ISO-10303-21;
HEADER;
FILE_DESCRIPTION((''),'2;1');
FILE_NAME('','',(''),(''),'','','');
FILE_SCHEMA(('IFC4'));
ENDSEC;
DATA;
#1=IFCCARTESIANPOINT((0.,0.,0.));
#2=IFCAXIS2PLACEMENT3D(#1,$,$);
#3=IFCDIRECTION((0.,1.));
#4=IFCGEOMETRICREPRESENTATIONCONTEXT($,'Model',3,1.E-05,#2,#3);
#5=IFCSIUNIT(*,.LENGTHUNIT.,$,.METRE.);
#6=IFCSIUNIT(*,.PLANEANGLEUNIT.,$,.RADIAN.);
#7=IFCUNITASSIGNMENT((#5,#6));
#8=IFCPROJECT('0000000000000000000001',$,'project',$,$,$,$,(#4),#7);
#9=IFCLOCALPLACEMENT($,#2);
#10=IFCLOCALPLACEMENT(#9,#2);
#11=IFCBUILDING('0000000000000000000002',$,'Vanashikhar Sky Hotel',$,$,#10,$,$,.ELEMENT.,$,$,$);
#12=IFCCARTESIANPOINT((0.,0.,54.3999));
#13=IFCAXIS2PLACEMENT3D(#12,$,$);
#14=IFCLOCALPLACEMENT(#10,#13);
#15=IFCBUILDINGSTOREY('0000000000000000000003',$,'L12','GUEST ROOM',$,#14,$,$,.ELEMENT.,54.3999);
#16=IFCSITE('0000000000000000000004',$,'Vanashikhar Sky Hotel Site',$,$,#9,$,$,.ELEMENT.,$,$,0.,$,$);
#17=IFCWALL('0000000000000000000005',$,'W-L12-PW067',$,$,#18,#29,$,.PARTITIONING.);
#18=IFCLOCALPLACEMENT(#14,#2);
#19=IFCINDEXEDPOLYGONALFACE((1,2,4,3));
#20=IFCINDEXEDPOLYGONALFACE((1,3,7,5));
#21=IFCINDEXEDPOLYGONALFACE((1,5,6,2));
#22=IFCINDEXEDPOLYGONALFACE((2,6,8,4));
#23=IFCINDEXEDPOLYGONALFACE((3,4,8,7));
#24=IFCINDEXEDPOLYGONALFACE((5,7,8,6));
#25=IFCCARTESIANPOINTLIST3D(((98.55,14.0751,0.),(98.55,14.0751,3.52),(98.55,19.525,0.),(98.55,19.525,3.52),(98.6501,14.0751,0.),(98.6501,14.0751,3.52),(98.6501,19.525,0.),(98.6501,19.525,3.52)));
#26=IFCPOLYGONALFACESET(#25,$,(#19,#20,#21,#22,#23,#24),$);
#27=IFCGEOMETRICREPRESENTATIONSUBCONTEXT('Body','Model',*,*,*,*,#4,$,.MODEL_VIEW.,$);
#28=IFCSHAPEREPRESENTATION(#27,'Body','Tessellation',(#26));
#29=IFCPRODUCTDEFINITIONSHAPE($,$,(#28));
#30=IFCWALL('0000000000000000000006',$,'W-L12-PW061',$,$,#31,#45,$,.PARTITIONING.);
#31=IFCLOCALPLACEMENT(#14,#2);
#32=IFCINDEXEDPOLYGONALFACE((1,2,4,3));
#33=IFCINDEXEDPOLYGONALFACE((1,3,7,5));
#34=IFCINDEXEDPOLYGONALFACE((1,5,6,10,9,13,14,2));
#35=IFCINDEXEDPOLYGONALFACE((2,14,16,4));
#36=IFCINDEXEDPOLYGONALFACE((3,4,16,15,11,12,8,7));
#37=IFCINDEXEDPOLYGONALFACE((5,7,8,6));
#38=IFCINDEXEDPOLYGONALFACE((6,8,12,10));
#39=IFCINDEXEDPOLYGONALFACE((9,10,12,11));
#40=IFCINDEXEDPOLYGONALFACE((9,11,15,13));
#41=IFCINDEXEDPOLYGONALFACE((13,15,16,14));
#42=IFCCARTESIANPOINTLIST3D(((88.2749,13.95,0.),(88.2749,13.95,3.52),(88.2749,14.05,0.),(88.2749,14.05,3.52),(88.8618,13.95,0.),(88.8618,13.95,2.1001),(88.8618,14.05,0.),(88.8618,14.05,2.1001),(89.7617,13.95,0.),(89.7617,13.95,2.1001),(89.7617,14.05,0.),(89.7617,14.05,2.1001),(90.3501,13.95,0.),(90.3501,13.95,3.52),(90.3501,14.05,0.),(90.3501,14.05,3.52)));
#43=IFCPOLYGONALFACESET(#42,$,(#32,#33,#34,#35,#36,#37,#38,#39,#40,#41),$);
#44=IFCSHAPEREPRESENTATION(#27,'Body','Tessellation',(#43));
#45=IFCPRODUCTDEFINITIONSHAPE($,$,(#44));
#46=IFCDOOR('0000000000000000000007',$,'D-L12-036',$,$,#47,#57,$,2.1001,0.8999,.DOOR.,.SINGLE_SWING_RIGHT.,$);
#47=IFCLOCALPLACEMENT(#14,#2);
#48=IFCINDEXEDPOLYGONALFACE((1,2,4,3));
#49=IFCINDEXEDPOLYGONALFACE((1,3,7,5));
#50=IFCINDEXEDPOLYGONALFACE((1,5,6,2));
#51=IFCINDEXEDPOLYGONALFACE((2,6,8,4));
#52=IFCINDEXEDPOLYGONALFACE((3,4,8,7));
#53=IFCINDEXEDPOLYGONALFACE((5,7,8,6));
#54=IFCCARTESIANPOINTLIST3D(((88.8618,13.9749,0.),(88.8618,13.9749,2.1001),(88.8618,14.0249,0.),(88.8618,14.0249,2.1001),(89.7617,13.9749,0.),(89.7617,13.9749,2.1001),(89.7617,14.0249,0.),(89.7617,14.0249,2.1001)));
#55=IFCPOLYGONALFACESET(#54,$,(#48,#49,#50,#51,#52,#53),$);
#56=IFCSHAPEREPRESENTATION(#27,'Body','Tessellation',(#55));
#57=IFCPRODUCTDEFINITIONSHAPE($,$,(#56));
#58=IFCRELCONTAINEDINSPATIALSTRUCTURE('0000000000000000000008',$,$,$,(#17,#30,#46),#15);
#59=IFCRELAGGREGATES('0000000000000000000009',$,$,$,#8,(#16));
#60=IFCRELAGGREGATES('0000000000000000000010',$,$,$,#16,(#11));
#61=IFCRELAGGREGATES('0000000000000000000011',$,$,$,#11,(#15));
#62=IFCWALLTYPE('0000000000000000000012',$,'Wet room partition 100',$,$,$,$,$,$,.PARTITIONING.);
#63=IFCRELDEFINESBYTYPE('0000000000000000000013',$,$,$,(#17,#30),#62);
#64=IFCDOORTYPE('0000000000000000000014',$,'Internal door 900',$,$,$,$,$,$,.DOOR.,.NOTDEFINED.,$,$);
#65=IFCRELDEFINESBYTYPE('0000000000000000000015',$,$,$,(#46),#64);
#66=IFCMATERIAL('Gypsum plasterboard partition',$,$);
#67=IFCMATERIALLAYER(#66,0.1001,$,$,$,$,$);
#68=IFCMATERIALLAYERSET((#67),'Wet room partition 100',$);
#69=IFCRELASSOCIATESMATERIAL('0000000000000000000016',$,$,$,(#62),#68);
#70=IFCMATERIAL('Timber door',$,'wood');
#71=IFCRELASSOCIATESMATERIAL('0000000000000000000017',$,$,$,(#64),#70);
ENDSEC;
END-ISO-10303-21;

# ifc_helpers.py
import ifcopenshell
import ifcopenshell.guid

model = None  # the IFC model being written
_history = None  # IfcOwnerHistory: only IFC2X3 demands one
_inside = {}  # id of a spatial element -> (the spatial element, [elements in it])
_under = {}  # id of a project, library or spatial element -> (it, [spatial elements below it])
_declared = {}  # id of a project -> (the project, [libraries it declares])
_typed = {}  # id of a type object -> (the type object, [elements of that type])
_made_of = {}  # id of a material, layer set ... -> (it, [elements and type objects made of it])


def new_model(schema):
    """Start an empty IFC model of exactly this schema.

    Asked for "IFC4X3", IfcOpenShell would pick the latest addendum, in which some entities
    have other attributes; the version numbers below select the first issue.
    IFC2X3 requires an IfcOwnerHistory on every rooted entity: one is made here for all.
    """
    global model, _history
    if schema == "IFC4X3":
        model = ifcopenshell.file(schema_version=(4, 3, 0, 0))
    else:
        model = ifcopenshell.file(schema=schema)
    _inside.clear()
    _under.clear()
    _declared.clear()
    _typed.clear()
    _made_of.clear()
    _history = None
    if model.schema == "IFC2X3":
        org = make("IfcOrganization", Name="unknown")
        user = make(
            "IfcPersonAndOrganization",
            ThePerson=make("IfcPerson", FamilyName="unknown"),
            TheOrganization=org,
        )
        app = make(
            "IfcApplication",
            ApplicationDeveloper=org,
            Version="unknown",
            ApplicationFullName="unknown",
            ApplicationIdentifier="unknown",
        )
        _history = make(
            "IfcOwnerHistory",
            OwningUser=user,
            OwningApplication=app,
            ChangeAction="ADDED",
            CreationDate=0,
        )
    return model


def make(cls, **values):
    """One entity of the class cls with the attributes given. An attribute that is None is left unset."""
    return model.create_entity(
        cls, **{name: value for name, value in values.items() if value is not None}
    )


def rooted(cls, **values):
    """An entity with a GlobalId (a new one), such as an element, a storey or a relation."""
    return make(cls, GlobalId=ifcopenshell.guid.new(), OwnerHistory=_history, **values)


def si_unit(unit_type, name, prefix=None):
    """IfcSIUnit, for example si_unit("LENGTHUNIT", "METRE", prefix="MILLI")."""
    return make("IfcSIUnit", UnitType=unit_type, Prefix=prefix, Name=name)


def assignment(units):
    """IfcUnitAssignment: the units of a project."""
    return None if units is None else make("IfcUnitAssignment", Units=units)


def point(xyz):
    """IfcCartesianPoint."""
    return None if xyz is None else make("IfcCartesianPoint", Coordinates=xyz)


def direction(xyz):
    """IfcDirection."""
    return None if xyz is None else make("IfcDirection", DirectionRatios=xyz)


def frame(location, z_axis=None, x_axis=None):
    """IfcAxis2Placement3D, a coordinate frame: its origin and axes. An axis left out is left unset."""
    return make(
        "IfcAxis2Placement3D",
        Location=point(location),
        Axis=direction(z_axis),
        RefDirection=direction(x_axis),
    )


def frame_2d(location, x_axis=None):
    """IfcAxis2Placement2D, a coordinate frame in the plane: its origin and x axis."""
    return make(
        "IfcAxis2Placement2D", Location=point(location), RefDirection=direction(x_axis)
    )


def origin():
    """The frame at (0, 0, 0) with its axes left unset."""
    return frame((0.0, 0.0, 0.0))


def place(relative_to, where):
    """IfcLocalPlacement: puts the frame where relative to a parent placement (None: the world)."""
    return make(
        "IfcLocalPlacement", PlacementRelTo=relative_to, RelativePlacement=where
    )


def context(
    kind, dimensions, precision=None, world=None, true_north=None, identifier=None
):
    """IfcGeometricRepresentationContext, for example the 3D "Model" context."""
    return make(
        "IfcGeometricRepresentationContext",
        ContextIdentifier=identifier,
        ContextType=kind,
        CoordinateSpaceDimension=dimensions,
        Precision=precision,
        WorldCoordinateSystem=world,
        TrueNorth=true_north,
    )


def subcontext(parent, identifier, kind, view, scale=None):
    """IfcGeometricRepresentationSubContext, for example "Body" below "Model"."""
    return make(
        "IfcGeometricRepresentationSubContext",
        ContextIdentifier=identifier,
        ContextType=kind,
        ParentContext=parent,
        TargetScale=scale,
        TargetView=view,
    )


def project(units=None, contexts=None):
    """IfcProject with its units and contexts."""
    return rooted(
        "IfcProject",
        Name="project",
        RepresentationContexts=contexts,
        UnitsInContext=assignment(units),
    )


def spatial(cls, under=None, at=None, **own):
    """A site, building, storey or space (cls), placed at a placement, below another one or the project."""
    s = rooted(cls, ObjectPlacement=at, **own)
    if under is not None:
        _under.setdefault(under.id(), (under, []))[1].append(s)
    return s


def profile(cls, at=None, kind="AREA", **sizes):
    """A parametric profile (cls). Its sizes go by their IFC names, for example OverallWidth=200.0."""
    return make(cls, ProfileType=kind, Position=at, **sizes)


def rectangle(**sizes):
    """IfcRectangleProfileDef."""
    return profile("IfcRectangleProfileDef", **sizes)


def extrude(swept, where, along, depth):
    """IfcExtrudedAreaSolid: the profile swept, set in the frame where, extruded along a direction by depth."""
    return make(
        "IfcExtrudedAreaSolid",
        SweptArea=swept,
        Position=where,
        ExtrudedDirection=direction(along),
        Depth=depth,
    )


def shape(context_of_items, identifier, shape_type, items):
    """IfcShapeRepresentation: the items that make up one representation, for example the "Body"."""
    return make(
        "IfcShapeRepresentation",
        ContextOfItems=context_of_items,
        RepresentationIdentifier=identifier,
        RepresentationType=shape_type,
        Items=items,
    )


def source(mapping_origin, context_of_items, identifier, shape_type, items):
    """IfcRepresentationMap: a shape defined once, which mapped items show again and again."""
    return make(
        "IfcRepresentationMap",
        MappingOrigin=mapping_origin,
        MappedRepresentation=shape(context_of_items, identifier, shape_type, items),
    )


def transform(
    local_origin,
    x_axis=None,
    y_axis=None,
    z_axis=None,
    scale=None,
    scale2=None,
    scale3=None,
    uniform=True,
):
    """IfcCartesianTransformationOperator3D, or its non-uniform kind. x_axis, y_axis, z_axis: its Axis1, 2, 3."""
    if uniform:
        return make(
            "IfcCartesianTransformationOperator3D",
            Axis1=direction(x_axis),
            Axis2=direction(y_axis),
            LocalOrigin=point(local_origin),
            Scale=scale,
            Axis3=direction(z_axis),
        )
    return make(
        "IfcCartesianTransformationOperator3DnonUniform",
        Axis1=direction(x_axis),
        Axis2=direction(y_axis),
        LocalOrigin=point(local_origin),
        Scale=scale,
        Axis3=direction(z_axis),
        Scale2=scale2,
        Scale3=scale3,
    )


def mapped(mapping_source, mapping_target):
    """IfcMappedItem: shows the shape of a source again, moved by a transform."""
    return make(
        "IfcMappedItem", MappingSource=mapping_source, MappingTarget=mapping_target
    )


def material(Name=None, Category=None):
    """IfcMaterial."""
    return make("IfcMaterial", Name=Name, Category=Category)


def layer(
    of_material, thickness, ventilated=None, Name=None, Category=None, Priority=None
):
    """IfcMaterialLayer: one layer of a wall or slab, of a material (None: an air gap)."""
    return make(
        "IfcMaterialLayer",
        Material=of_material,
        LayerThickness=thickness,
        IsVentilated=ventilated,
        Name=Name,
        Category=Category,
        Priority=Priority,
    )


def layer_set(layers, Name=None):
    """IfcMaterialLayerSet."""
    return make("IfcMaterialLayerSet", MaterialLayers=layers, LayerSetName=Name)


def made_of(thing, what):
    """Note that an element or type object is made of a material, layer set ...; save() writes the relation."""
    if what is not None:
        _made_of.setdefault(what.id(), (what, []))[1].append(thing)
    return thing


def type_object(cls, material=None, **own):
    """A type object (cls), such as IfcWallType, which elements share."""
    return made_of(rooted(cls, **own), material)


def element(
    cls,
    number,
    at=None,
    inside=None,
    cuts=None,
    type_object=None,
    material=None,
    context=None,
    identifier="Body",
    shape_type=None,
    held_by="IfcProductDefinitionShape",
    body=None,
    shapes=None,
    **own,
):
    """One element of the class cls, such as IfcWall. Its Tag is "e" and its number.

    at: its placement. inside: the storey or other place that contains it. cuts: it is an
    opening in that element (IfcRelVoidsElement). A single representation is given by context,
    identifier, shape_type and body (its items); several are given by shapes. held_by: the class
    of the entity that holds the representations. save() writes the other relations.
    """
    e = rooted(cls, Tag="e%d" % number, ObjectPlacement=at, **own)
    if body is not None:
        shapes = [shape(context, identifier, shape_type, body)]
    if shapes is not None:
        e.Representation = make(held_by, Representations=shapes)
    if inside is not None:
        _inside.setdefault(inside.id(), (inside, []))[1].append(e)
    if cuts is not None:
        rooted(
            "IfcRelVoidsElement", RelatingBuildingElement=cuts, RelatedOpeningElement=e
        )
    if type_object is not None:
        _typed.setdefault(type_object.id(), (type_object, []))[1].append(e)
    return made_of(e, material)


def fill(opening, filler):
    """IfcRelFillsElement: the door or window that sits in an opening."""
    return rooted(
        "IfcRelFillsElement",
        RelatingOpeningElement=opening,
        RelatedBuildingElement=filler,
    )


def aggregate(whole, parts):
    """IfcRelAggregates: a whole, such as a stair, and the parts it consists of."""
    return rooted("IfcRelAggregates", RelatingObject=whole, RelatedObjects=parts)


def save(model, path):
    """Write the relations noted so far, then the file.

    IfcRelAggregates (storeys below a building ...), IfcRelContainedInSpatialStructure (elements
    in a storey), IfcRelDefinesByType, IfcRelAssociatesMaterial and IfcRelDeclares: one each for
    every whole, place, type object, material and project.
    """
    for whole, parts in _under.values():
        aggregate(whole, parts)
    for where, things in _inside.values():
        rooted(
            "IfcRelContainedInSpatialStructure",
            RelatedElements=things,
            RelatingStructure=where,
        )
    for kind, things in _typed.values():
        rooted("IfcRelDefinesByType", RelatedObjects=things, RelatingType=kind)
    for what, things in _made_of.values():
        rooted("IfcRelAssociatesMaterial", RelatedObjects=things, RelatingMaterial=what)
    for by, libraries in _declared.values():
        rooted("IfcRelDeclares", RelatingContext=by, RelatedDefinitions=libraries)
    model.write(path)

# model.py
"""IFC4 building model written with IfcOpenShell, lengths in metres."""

from ifc_helpers import new_model, si_unit, direction, frame, frame_2d, origin, place, context, subcontext, project, spatial, rectangle, extrude, source, transform, mapped, material, layer, layer_set, type_object, element, fill, save


model = new_model("IFC4")

# Units and contexts
model_context = context("Model", 3, precision=1e-05, world=origin(), true_north=direction((0.0, 1.0)))
body_context = subcontext(model_context, "Body", "Model", "MODEL_VIEW")
ifc_project = project(units=[si_unit("LENGTHUNIT", "METRE"), si_unit("PLANEANGLEUNIT", "RADIAN")], contexts=[model_context])

# Site, building, storey
site_placement = place(None, origin())
site = spatial("IfcSite", under=ifc_project, at=site_placement, Name="Vanashikhar Sky Hotel Site", CompositionType="ELEMENT", RefElevation=0.0)
building_placement = place(site_placement, origin())
building = spatial("IfcBuilding", under=site, at=building_placement, Name="Vanashikhar Sky Hotel", CompositionType="ELEMENT")
storey_placement = place(building_placement, frame((0.0, 0.0, 54.3999)))
storey = spatial("IfcBuildingStorey", under=building, at=storey_placement, Name="L12", Description="GUEST ROOM", CompositionType="ELEMENT", Elevation=54.3999)

# Shared definitions
ifc_material_1 = material(Name="Gypsum plasterboard partition")

# Shared definitions
ifc_layer_1 = layer(ifc_material_1, 0.1001)
ifc_layer_set_1 = layer_set([ifc_layer_1], Name="Wet room partition 100")
wall_type_1 = type_object("IfcWallType", Name="Wet room partition 100", PredefinedType="PARTITIONING", material=ifc_layer_set_1)
shared_shape_1 = source(origin(), body_context, "Body", "SweptSolid", [
    extrude(rectangle(XDim=0.8999, YDim=2.1001, at=frame_2d((0.45, 1.05))), frame((0.0, 0.0601, 0.0), z_axis=(0.0, -1.0, 0.0), x_axis=(1.0, 0.0, 0.0)), (0.0, 0.0, 1.0), 0.1201),
])
ifc_material_2 = material(Name="Timber door", Category="wood")
door_type_1 = type_object("IfcDoorType", Name="Internal door 900", OperationType="NOTDEFINED", PredefinedType="DOOR", material=ifc_material_2)
shared_shape_2 = source(origin(), body_context, "Body", "SweptSolid", [
    extrude(rectangle(XDim=0.8999, YDim=2.1001, at=frame_2d((0.45, 1.05))), frame((0.0, 0.0249, 0.0), z_axis=(0.0, -1.0, 0.0), x_axis=(1.0, 0.0, 0.0)), (0.0, 0.0, 1.0), 0.05),
])

# Wall
shared_shape_3 = source(origin(), body_context, "Body", "SweptSolid", [
    extrude(rectangle(XDim=5.45, YDim=0.1001, at=frame_2d((2.7251, 0.0))), origin(), (0.0, 0.0, 1.0), 3.52),
])
for number, where, z_axis, x_axis, name in (
    (1, (98.6001, 14.075, 0.0), (0.0, 0.0, 1.0), (0.0, 1.0, 0.0), "W-L12-PW067"),
):
    element("IfcWall", number, at=place(storey_placement, frame(where, z_axis=z_axis, x_axis=x_axis)), inside=storey, type_object=wall_type_1, Name=name, PredefinedType="PARTITIONING", context=body_context, shape_type="MappedRepresentation", body=[
        mapped(shared_shape_3, transform((0.0, 0.0, 0.0), scale=1.0)),
    ])

# Wall, opening, door
shared_shape_4 = source(origin(), body_context, "Body", "SweptSolid", [
    extrude(rectangle(XDim=2.0752, YDim=0.1001, at=frame_2d((1.0376, 0.0))), origin(), (0.0, 0.0, 1.0), 3.52),
])
wall_1_placement = place(storey_placement, frame((88.2749, 14.0, 0.0), z_axis=(0.0, 0.0, 1.0), x_axis=(1.0, 0.0, 0.0)))
wall_1 = element("IfcWall", 2, at=wall_1_placement, inside=storey, type_object=wall_type_1, Name="W-L12-PW061", PredefinedType="PARTITIONING", context=body_context, shape_type="MappedRepresentation", body=[
    mapped(shared_shape_4, transform((0.0, 0.0, 0.0), scale=1.0)),
])
opening_1_placement = place(wall_1_placement, frame((0.5869, 0.0, 0.0)))
opening_1 = element("IfcOpeningElement", 3, at=opening_1_placement, cuts=wall_1, PredefinedType="OPENING", context=body_context, shape_type="MappedRepresentation", body=[
    mapped(shared_shape_1, transform((0.0, 0.0, 0.0), scale=1.0)),
])
door_1_placement = place(opening_1_placement, origin())
door_1 = element("IfcDoor", 4, at=door_1_placement, inside=storey, type_object=door_type_1, Name="D-L12-036", OperationType="SINGLE_SWING_RIGHT", OverallHeight=2.1001, OverallWidth=0.8999, PredefinedType="DOOR", context=body_context, shape_type="MappedRepresentation", body=[
    mapped(shared_shape_2, transform((0.0, 0.0, 0.0), scale=1.0)),
])
fill(opening_1, door_1)

save(model, "model.ifc")
